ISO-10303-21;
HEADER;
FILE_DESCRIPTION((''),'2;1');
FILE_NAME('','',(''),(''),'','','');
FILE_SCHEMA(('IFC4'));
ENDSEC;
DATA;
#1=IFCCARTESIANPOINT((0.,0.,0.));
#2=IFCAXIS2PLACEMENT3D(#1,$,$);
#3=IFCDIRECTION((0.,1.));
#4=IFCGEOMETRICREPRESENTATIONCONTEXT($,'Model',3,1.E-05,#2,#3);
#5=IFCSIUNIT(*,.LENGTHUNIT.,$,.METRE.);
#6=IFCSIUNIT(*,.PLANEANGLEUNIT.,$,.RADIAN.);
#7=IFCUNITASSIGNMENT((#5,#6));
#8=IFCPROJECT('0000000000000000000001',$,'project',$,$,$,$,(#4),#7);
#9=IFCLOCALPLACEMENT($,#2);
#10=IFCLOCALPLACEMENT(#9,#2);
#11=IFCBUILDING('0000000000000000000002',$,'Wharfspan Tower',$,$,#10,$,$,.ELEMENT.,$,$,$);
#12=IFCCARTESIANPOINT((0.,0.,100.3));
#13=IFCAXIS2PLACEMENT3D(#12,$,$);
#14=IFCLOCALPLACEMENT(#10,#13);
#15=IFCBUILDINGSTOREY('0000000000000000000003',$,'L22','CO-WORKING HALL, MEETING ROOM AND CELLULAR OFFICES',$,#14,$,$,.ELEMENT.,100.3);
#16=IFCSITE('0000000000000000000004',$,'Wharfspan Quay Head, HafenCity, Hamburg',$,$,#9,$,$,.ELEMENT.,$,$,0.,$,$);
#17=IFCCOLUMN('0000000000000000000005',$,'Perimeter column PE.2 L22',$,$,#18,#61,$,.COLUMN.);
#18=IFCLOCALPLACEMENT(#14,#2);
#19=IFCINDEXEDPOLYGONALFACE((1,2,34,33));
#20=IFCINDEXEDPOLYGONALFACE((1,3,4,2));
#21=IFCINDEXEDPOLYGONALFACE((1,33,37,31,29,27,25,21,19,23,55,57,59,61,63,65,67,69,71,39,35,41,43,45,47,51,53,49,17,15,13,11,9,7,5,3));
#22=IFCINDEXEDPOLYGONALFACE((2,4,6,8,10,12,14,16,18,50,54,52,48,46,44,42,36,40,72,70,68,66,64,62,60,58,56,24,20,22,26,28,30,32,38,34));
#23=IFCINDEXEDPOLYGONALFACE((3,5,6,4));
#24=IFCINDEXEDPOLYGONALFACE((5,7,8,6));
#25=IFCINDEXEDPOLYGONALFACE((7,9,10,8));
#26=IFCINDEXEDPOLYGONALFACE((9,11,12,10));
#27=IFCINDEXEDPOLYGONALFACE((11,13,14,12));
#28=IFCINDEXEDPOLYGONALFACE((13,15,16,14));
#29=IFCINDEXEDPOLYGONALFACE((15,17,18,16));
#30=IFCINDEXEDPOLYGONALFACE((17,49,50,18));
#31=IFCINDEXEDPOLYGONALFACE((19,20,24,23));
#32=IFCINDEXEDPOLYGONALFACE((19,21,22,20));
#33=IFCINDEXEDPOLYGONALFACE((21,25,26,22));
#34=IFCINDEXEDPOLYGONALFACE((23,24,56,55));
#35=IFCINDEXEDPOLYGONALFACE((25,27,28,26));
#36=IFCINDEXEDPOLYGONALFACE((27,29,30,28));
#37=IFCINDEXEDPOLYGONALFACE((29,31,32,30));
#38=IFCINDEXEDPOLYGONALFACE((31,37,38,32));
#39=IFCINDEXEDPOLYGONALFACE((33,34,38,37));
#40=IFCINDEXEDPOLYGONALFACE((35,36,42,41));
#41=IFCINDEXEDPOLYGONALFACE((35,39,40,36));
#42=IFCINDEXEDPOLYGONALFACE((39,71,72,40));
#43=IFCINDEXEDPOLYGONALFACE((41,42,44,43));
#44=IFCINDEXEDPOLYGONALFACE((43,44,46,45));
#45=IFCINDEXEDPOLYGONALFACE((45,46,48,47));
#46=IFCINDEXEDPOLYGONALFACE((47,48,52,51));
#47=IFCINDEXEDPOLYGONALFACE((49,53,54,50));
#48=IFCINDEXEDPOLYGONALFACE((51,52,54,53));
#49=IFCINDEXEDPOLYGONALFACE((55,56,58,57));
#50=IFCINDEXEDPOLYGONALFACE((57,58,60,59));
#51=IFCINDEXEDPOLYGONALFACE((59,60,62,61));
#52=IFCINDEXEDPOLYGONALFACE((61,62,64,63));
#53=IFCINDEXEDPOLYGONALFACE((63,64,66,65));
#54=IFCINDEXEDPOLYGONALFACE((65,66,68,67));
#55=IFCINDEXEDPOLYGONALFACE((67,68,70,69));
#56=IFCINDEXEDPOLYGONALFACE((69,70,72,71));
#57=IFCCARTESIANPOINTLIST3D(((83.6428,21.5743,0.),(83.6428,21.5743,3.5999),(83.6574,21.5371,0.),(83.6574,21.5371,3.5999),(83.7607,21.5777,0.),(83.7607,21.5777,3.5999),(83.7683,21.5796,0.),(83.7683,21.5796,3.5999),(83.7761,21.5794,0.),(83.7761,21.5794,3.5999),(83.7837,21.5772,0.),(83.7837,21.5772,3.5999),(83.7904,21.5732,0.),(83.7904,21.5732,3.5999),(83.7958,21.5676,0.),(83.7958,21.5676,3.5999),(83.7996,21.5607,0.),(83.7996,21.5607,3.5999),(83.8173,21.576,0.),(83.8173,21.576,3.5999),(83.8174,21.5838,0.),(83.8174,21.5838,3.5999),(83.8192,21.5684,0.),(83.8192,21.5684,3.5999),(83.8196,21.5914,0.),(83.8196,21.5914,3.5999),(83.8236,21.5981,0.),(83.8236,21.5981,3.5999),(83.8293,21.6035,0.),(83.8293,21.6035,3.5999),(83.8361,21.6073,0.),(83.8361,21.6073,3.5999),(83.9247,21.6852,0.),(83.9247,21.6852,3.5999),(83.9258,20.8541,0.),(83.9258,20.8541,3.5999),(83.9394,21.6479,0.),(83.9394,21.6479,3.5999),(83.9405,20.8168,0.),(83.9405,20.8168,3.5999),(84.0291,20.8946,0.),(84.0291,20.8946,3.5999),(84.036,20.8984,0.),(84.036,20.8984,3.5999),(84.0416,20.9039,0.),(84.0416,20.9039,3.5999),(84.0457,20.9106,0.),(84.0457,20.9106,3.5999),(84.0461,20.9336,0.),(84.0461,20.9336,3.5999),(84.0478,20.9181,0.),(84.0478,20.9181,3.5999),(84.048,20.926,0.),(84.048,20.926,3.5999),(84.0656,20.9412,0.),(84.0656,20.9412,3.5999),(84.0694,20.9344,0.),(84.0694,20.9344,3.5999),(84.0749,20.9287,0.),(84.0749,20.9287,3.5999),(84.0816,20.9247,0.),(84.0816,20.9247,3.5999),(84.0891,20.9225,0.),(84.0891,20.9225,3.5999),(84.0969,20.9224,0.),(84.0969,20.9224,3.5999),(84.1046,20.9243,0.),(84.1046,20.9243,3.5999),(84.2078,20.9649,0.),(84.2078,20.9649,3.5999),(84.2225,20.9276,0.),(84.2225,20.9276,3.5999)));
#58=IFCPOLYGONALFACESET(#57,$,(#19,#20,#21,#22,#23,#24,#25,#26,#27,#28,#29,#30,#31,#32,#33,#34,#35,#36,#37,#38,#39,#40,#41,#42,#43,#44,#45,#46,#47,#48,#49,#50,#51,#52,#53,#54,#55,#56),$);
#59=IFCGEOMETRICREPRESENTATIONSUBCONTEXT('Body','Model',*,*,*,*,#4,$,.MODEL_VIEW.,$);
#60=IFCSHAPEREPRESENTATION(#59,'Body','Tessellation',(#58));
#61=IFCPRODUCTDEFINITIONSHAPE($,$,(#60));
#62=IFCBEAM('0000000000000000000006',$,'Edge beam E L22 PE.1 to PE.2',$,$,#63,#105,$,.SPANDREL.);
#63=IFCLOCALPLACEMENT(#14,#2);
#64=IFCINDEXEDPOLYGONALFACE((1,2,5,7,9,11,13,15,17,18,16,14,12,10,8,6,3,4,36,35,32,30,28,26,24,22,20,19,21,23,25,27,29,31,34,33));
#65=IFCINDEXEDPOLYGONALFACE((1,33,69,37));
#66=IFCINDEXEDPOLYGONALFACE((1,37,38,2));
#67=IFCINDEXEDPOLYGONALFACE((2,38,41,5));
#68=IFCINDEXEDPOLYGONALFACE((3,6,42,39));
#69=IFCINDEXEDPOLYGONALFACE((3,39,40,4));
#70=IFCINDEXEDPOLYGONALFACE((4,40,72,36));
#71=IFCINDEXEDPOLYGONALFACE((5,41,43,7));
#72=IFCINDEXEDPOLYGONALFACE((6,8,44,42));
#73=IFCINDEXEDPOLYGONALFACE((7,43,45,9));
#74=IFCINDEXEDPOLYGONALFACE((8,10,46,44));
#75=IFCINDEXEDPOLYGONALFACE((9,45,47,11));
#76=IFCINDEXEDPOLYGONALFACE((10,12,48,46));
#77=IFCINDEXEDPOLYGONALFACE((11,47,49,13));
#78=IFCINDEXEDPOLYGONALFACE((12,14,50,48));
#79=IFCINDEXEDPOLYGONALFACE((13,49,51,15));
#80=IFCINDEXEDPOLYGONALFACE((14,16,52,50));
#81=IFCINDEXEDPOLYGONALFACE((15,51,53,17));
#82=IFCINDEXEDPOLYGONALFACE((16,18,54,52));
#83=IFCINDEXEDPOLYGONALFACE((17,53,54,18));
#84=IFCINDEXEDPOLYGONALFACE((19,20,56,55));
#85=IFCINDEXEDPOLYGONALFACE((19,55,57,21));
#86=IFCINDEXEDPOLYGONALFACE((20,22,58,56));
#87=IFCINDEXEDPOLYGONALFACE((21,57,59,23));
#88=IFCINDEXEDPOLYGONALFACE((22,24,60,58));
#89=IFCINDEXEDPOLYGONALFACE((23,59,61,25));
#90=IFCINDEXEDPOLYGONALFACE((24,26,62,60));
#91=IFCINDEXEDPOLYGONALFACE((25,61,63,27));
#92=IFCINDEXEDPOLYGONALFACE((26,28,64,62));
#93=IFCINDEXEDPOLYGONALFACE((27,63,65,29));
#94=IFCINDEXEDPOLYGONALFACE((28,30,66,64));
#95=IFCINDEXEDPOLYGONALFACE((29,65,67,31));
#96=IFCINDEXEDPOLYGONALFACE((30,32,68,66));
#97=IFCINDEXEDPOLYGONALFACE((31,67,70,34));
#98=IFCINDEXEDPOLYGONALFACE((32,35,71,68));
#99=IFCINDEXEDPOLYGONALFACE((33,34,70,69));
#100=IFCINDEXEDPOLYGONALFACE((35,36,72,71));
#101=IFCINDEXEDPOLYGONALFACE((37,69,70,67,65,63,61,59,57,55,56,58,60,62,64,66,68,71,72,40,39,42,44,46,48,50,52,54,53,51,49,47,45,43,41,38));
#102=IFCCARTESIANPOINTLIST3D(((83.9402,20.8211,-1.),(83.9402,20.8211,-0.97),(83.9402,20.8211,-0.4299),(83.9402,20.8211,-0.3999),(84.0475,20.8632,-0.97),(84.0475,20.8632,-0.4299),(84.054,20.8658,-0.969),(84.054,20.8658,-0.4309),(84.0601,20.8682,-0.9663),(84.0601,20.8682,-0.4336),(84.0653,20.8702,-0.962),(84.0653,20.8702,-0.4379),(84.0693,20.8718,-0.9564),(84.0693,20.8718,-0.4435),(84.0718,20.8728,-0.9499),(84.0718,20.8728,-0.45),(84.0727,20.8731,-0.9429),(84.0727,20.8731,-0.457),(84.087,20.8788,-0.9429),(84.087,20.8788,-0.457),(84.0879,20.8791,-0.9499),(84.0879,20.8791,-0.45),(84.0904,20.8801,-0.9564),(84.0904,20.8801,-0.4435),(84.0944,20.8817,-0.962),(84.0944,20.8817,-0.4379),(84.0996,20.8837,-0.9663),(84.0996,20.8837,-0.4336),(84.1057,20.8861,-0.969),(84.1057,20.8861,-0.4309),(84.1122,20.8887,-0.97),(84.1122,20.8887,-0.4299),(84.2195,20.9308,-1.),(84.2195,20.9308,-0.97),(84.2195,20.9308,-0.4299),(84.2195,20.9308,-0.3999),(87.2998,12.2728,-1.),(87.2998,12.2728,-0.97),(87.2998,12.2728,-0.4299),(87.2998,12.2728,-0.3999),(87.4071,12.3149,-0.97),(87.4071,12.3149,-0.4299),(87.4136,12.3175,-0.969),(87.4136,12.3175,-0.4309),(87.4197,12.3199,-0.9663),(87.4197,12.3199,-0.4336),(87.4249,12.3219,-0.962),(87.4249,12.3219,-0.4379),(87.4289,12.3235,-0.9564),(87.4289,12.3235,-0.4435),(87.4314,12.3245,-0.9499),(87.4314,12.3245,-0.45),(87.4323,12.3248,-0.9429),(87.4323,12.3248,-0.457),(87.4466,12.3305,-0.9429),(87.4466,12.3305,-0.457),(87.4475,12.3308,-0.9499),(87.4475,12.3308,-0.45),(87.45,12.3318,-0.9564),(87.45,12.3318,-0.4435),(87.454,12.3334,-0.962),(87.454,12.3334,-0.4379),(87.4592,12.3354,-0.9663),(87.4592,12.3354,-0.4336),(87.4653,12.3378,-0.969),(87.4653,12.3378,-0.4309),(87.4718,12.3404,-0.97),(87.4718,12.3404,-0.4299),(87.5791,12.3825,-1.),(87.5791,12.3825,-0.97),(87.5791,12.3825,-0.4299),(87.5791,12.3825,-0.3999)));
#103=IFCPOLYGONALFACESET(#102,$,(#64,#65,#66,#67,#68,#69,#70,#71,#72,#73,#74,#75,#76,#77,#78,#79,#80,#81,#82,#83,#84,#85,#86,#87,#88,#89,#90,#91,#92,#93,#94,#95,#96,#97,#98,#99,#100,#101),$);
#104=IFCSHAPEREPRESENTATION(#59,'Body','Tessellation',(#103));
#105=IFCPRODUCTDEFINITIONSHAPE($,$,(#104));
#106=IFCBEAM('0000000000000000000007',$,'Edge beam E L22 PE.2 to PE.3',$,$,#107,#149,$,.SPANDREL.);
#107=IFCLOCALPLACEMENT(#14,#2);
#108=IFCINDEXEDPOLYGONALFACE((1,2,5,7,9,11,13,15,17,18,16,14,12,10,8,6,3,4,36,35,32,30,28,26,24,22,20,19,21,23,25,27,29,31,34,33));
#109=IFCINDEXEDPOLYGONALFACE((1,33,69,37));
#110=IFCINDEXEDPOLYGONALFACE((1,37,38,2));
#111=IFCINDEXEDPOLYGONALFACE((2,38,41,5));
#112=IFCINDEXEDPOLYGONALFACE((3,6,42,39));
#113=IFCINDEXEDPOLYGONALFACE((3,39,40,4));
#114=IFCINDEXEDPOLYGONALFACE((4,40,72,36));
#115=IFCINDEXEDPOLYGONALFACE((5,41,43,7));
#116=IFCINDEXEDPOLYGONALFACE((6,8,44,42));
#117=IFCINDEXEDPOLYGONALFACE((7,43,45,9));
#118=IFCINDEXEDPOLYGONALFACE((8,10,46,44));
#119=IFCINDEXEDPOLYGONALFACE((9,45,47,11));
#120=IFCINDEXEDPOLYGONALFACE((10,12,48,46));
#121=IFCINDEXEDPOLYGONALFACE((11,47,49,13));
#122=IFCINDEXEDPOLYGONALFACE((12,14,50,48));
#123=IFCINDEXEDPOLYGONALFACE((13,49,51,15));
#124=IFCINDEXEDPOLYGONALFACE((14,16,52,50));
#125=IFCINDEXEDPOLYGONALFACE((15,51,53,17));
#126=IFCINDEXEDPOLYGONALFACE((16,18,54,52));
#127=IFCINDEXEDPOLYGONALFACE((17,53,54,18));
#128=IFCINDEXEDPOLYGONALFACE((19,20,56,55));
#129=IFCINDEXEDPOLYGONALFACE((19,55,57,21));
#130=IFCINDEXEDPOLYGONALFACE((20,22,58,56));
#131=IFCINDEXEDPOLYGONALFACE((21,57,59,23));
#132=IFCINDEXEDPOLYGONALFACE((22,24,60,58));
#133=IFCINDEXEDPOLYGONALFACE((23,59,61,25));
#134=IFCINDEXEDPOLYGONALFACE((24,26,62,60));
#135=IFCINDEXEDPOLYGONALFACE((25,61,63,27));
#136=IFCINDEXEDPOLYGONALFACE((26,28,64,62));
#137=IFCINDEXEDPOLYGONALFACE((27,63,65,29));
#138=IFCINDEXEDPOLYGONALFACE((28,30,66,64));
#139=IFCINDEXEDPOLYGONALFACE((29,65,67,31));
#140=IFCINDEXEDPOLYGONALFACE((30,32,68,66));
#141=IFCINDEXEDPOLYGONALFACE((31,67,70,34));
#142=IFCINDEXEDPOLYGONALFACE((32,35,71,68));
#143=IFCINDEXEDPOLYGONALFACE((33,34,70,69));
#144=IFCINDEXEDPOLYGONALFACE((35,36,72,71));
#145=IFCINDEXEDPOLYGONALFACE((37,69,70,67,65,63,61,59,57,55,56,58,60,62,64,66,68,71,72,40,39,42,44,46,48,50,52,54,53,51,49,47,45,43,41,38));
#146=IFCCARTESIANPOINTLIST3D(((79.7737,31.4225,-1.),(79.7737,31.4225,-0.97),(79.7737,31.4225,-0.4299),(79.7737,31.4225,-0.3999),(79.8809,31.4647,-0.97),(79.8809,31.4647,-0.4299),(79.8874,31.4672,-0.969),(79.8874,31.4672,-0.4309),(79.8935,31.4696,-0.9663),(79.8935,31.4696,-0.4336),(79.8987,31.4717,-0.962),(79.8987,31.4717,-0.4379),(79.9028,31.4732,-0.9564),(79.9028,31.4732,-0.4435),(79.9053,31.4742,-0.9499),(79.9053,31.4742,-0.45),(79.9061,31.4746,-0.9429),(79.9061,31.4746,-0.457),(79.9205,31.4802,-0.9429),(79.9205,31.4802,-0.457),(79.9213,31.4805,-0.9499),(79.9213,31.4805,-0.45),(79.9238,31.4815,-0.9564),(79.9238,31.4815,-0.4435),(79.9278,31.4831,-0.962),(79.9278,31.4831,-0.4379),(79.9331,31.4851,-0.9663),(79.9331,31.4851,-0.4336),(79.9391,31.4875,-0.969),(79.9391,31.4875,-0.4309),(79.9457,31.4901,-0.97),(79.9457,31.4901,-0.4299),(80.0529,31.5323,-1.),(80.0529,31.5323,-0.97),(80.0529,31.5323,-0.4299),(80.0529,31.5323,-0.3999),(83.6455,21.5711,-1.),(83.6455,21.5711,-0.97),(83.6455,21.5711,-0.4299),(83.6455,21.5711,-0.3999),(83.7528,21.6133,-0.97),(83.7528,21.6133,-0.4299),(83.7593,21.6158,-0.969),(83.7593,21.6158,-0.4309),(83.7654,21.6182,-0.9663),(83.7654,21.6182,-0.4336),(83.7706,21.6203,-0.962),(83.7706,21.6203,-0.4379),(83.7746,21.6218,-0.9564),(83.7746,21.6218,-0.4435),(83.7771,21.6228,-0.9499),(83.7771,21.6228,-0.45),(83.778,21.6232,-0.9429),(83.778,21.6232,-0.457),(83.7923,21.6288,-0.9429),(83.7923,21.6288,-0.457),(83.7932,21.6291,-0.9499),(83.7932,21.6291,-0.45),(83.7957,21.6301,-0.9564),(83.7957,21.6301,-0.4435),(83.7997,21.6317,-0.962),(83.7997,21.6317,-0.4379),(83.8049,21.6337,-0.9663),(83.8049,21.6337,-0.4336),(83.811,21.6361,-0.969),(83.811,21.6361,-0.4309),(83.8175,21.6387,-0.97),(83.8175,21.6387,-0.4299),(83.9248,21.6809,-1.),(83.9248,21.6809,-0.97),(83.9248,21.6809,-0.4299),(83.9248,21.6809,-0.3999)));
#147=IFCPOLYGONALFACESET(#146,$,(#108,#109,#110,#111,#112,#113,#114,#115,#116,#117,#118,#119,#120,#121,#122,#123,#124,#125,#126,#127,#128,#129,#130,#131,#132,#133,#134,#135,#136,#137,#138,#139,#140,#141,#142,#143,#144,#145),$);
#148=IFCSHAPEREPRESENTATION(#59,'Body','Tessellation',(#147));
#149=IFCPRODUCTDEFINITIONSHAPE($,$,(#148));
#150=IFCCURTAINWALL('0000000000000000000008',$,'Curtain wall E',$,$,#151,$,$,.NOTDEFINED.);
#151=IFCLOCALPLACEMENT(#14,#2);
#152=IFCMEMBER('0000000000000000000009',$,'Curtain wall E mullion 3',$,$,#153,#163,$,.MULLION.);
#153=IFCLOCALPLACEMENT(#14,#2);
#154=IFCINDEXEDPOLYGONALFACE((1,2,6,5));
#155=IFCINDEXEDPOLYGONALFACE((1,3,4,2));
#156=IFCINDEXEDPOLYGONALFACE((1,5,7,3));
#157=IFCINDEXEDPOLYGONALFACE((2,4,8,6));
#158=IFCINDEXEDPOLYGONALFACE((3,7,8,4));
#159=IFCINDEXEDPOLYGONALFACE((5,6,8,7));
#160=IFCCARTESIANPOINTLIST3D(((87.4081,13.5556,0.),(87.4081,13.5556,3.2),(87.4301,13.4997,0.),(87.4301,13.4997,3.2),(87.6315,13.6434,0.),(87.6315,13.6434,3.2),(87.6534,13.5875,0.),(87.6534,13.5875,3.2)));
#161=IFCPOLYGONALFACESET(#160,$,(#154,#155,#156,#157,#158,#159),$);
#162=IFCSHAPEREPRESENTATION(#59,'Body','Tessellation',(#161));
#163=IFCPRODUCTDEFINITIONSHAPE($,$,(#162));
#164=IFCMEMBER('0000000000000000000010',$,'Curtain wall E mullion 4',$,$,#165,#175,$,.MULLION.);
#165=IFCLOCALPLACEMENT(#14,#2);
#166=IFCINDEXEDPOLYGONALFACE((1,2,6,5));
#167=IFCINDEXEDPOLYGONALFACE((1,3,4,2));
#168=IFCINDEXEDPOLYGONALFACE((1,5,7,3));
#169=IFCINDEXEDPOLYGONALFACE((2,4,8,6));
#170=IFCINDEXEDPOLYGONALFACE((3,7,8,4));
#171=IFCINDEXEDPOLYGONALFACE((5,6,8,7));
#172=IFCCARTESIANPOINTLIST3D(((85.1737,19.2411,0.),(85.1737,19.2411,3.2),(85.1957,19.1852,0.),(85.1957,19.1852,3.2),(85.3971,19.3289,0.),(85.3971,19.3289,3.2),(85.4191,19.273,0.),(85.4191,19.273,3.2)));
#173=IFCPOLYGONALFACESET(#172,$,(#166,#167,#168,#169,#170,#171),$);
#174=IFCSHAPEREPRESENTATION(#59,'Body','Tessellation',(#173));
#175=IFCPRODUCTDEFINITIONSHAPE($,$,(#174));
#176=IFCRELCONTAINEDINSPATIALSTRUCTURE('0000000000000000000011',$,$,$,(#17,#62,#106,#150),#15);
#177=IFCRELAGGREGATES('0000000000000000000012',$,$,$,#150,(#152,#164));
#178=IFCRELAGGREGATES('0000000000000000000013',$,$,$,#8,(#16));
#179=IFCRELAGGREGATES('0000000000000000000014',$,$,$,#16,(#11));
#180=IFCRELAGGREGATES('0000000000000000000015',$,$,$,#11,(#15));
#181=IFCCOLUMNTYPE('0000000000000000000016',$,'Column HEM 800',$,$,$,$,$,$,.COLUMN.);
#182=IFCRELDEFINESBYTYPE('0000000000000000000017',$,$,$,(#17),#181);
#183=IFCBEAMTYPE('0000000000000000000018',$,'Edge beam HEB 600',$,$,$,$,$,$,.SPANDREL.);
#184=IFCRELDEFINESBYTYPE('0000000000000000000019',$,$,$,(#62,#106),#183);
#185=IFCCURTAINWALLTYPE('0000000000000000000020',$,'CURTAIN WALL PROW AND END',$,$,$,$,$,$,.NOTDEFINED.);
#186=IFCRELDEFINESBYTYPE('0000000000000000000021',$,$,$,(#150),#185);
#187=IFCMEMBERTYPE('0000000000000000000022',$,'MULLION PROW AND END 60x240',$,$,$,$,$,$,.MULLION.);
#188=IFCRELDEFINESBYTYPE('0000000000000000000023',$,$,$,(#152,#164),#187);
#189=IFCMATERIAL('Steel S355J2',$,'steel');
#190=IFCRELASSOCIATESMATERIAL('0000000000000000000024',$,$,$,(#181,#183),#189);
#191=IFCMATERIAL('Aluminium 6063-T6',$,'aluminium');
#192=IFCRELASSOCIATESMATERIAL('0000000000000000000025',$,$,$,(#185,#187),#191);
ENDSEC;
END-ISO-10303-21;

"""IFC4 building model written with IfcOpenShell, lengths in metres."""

from ifc_helpers import new_model, si_unit, direction, frame, origin, origin_2d, place, context, subcontext, project, spatial, rectangle, i_section, extrude, material, material_profile, profile_set, type_object, element, aggregate, save


model = new_model("IFC4")

# Units and contexts
model_context = context("Model", 3, precision=1e-05, world=origin(), true_north=direction((0.0, 1.0)))
body_context = subcontext(model_context, "Body", "Model", "MODEL_VIEW")
ifc_project = project(units=[si_unit("LENGTHUNIT", "METRE"), si_unit("PLANEANGLEUNIT", "RADIAN")], contexts=[model_context])

# Site, building, storey
site_placement = place(None, origin())
site = spatial("IfcSite", under=ifc_project, at=site_placement, Name="Wharfspan Quay Head, HafenCity, Hamburg", CompositionType="ELEMENT", RefElevation=0.0)
building_placement = place(site_placement, origin())
building = spatial("IfcBuilding", under=site, at=building_placement, Name="Wharfspan Tower", CompositionType="ELEMENT")
storey_placement = place(building_placement, frame((0.0, 0.0, 100.3)))
storey = spatial("IfcBuildingStorey", under=building, at=storey_placement, Name="L22", Description="CO-WORKING HALL, MEETING ROOM AND CELLULAR OFFICES", CompositionType="ELEMENT", Elevation=100.3)

# Column
ifc_material_1 = material(Name="Steel S355J2", Category="steel")
ifc_material_profile_1 = material_profile(ifc_material_1, i_section(OverallWidth=0.303, OverallDepth=0.814, WebThickness=0.021, FlangeThickness=0.04, FilletRadius=0.03, at=origin_2d()))
ifc_profile_set_1 = profile_set([ifc_material_profile_1], Name="Steel S355J2")
column_type = type_object("IfcColumnType", Name="Column HEM 800", PredefinedType="COLUMN", material=ifc_profile_set_1)
column_placement = place(storey_placement, frame((83.9326, 21.251, 0.0), z_axis=(0.0, 0.0, 1.0), x_axis=(0.930702, 0.365778, 0.0)))
element("IfcColumn", 1, at=column_placement, inside=storey, type_object=column_type, Name="Perimeter column PE.2 L22", PredefinedType="COLUMN", context=body_context, shape_type="SweptSolid", body=[
    extrude(i_section(OverallWidth=0.303, OverallDepth=0.814, WebThickness=0.021, FlangeThickness=0.04, FilletRadius=0.03, at=origin_2d()), origin(), (0.0, 0.0, 1.0), 3.5999),
])

# Beams
ifc_material_profile_2 = material_profile(ifc_material_1, i_section(OverallWidth=0.3, OverallDepth=0.6001, WebThickness=0.0154, FlangeThickness=0.03, FilletRadius=0.0271, at=origin_2d()))
ifc_profile_set_2 = profile_set([ifc_material_profile_2], Name="Steel S355J2")
beam_type = type_object("IfcBeamType", Name="Edge beam HEB 600", PredefinedType="SPANDREL", material=ifc_profile_set_2)
beam_1_placement = place(storey_placement, frame((87.4395, 12.3276, -0.7), z_axis=(-0.365779, 0.930702, 0.0), x_axis=(-0.930702, -0.365779, 0.0)))
element("IfcBeam", 2, at=beam_1_placement, inside=storey, type_object=beam_type, Name="Edge beam E L22 PE.1 to PE.2", PredefinedType="SPANDREL", context=body_context, shape_type="SweptSolid", body=[
    extrude(i_section(OverallWidth=0.3, OverallDepth=0.6001, WebThickness=0.0154, FlangeThickness=0.03, FilletRadius=0.0271, at=origin_2d()), origin(), (0.0, 0.0, 1.0), 9.1848),
])
beam_2_placement = place(storey_placement, frame((83.7852, 21.626, -0.7), z_axis=(-0.365789, 0.930698, 0.0), x_axis=(-0.930698, -0.365789, 0.0)))
element("IfcBeam", 3, at=beam_2_placement, inside=storey, type_object=beam_type, Name="Edge beam E L22 PE.2 to PE.3", PredefinedType="SPANDREL", context=body_context, shape_type="SweptSolid", body=[
    extrude(i_section(OverallWidth=0.3, OverallDepth=0.6001, WebThickness=0.0154, FlangeThickness=0.03, FilletRadius=0.0271, at=origin_2d()), origin(), (0.0, 0.0, 1.0), 10.585),
])

# Curtain wall, members
ifc_material_2 = material(Name="Aluminium 6063-T6", Category="aluminium")
curtain_wall_type = type_object("IfcCurtainWallType", Name="CURTAIN WALL PROW AND END", PredefinedType="NOTDEFINED", material=ifc_material_2)
curtain_wall_placement = place(storey_placement, origin())
curtain_wall = element("IfcCurtainWall", 4, at=curtain_wall_placement, inside=storey, type_object=curtain_wall_type, Name="Curtain wall E", PredefinedType="NOTDEFINED")
ifc_material_profile_3 = material_profile(ifc_material_2, rectangle(XDim=0.24, YDim=0.0601, at=origin_2d()))
ifc_profile_set_3 = profile_set([ifc_material_profile_3], Name="Aluminium 6063-T6")
member_type_1 = type_object("IfcMemberType", Name="MULLION PROW AND END 60x240", PredefinedType="MULLION", material=ifc_profile_set_3)
member_1_placement = place(storey_placement, frame((87.5308, 13.5715, 0.0), z_axis=(0.0, 0.0, 1.0), x_axis=(-0.930702, -0.365778, 0.0)))
member_1 = element("IfcMember", 5, at=member_1_placement, type_object=member_type_1, Name="Curtain wall E mullion 3", PredefinedType="MULLION", context=body_context, shape_type="SweptSolid", body=[
    extrude(rectangle(XDim=0.24, YDim=0.0601, at=origin_2d()), origin(), (0.0, 0.0, 1.0), 3.2),
])
member_2_placement = place(storey_placement, frame((85.2964, 19.2571, 0.0), z_axis=(0.0, 0.0, 1.0), x_axis=(-0.930702, -0.365778, 0.0)))
member_2 = element("IfcMember", 6, at=member_2_placement, type_object=member_type_1, Name="Curtain wall E mullion 4", PredefinedType="MULLION", context=body_context, shape_type="SweptSolid", body=[
    extrude(rectangle(XDim=0.24, YDim=0.0601, at=origin_2d()), origin(), (0.0, 0.0, 1.0), 3.2),
])

aggregate(curtain_wall, [member_1, member_2])

save(model, "model.ifc")
